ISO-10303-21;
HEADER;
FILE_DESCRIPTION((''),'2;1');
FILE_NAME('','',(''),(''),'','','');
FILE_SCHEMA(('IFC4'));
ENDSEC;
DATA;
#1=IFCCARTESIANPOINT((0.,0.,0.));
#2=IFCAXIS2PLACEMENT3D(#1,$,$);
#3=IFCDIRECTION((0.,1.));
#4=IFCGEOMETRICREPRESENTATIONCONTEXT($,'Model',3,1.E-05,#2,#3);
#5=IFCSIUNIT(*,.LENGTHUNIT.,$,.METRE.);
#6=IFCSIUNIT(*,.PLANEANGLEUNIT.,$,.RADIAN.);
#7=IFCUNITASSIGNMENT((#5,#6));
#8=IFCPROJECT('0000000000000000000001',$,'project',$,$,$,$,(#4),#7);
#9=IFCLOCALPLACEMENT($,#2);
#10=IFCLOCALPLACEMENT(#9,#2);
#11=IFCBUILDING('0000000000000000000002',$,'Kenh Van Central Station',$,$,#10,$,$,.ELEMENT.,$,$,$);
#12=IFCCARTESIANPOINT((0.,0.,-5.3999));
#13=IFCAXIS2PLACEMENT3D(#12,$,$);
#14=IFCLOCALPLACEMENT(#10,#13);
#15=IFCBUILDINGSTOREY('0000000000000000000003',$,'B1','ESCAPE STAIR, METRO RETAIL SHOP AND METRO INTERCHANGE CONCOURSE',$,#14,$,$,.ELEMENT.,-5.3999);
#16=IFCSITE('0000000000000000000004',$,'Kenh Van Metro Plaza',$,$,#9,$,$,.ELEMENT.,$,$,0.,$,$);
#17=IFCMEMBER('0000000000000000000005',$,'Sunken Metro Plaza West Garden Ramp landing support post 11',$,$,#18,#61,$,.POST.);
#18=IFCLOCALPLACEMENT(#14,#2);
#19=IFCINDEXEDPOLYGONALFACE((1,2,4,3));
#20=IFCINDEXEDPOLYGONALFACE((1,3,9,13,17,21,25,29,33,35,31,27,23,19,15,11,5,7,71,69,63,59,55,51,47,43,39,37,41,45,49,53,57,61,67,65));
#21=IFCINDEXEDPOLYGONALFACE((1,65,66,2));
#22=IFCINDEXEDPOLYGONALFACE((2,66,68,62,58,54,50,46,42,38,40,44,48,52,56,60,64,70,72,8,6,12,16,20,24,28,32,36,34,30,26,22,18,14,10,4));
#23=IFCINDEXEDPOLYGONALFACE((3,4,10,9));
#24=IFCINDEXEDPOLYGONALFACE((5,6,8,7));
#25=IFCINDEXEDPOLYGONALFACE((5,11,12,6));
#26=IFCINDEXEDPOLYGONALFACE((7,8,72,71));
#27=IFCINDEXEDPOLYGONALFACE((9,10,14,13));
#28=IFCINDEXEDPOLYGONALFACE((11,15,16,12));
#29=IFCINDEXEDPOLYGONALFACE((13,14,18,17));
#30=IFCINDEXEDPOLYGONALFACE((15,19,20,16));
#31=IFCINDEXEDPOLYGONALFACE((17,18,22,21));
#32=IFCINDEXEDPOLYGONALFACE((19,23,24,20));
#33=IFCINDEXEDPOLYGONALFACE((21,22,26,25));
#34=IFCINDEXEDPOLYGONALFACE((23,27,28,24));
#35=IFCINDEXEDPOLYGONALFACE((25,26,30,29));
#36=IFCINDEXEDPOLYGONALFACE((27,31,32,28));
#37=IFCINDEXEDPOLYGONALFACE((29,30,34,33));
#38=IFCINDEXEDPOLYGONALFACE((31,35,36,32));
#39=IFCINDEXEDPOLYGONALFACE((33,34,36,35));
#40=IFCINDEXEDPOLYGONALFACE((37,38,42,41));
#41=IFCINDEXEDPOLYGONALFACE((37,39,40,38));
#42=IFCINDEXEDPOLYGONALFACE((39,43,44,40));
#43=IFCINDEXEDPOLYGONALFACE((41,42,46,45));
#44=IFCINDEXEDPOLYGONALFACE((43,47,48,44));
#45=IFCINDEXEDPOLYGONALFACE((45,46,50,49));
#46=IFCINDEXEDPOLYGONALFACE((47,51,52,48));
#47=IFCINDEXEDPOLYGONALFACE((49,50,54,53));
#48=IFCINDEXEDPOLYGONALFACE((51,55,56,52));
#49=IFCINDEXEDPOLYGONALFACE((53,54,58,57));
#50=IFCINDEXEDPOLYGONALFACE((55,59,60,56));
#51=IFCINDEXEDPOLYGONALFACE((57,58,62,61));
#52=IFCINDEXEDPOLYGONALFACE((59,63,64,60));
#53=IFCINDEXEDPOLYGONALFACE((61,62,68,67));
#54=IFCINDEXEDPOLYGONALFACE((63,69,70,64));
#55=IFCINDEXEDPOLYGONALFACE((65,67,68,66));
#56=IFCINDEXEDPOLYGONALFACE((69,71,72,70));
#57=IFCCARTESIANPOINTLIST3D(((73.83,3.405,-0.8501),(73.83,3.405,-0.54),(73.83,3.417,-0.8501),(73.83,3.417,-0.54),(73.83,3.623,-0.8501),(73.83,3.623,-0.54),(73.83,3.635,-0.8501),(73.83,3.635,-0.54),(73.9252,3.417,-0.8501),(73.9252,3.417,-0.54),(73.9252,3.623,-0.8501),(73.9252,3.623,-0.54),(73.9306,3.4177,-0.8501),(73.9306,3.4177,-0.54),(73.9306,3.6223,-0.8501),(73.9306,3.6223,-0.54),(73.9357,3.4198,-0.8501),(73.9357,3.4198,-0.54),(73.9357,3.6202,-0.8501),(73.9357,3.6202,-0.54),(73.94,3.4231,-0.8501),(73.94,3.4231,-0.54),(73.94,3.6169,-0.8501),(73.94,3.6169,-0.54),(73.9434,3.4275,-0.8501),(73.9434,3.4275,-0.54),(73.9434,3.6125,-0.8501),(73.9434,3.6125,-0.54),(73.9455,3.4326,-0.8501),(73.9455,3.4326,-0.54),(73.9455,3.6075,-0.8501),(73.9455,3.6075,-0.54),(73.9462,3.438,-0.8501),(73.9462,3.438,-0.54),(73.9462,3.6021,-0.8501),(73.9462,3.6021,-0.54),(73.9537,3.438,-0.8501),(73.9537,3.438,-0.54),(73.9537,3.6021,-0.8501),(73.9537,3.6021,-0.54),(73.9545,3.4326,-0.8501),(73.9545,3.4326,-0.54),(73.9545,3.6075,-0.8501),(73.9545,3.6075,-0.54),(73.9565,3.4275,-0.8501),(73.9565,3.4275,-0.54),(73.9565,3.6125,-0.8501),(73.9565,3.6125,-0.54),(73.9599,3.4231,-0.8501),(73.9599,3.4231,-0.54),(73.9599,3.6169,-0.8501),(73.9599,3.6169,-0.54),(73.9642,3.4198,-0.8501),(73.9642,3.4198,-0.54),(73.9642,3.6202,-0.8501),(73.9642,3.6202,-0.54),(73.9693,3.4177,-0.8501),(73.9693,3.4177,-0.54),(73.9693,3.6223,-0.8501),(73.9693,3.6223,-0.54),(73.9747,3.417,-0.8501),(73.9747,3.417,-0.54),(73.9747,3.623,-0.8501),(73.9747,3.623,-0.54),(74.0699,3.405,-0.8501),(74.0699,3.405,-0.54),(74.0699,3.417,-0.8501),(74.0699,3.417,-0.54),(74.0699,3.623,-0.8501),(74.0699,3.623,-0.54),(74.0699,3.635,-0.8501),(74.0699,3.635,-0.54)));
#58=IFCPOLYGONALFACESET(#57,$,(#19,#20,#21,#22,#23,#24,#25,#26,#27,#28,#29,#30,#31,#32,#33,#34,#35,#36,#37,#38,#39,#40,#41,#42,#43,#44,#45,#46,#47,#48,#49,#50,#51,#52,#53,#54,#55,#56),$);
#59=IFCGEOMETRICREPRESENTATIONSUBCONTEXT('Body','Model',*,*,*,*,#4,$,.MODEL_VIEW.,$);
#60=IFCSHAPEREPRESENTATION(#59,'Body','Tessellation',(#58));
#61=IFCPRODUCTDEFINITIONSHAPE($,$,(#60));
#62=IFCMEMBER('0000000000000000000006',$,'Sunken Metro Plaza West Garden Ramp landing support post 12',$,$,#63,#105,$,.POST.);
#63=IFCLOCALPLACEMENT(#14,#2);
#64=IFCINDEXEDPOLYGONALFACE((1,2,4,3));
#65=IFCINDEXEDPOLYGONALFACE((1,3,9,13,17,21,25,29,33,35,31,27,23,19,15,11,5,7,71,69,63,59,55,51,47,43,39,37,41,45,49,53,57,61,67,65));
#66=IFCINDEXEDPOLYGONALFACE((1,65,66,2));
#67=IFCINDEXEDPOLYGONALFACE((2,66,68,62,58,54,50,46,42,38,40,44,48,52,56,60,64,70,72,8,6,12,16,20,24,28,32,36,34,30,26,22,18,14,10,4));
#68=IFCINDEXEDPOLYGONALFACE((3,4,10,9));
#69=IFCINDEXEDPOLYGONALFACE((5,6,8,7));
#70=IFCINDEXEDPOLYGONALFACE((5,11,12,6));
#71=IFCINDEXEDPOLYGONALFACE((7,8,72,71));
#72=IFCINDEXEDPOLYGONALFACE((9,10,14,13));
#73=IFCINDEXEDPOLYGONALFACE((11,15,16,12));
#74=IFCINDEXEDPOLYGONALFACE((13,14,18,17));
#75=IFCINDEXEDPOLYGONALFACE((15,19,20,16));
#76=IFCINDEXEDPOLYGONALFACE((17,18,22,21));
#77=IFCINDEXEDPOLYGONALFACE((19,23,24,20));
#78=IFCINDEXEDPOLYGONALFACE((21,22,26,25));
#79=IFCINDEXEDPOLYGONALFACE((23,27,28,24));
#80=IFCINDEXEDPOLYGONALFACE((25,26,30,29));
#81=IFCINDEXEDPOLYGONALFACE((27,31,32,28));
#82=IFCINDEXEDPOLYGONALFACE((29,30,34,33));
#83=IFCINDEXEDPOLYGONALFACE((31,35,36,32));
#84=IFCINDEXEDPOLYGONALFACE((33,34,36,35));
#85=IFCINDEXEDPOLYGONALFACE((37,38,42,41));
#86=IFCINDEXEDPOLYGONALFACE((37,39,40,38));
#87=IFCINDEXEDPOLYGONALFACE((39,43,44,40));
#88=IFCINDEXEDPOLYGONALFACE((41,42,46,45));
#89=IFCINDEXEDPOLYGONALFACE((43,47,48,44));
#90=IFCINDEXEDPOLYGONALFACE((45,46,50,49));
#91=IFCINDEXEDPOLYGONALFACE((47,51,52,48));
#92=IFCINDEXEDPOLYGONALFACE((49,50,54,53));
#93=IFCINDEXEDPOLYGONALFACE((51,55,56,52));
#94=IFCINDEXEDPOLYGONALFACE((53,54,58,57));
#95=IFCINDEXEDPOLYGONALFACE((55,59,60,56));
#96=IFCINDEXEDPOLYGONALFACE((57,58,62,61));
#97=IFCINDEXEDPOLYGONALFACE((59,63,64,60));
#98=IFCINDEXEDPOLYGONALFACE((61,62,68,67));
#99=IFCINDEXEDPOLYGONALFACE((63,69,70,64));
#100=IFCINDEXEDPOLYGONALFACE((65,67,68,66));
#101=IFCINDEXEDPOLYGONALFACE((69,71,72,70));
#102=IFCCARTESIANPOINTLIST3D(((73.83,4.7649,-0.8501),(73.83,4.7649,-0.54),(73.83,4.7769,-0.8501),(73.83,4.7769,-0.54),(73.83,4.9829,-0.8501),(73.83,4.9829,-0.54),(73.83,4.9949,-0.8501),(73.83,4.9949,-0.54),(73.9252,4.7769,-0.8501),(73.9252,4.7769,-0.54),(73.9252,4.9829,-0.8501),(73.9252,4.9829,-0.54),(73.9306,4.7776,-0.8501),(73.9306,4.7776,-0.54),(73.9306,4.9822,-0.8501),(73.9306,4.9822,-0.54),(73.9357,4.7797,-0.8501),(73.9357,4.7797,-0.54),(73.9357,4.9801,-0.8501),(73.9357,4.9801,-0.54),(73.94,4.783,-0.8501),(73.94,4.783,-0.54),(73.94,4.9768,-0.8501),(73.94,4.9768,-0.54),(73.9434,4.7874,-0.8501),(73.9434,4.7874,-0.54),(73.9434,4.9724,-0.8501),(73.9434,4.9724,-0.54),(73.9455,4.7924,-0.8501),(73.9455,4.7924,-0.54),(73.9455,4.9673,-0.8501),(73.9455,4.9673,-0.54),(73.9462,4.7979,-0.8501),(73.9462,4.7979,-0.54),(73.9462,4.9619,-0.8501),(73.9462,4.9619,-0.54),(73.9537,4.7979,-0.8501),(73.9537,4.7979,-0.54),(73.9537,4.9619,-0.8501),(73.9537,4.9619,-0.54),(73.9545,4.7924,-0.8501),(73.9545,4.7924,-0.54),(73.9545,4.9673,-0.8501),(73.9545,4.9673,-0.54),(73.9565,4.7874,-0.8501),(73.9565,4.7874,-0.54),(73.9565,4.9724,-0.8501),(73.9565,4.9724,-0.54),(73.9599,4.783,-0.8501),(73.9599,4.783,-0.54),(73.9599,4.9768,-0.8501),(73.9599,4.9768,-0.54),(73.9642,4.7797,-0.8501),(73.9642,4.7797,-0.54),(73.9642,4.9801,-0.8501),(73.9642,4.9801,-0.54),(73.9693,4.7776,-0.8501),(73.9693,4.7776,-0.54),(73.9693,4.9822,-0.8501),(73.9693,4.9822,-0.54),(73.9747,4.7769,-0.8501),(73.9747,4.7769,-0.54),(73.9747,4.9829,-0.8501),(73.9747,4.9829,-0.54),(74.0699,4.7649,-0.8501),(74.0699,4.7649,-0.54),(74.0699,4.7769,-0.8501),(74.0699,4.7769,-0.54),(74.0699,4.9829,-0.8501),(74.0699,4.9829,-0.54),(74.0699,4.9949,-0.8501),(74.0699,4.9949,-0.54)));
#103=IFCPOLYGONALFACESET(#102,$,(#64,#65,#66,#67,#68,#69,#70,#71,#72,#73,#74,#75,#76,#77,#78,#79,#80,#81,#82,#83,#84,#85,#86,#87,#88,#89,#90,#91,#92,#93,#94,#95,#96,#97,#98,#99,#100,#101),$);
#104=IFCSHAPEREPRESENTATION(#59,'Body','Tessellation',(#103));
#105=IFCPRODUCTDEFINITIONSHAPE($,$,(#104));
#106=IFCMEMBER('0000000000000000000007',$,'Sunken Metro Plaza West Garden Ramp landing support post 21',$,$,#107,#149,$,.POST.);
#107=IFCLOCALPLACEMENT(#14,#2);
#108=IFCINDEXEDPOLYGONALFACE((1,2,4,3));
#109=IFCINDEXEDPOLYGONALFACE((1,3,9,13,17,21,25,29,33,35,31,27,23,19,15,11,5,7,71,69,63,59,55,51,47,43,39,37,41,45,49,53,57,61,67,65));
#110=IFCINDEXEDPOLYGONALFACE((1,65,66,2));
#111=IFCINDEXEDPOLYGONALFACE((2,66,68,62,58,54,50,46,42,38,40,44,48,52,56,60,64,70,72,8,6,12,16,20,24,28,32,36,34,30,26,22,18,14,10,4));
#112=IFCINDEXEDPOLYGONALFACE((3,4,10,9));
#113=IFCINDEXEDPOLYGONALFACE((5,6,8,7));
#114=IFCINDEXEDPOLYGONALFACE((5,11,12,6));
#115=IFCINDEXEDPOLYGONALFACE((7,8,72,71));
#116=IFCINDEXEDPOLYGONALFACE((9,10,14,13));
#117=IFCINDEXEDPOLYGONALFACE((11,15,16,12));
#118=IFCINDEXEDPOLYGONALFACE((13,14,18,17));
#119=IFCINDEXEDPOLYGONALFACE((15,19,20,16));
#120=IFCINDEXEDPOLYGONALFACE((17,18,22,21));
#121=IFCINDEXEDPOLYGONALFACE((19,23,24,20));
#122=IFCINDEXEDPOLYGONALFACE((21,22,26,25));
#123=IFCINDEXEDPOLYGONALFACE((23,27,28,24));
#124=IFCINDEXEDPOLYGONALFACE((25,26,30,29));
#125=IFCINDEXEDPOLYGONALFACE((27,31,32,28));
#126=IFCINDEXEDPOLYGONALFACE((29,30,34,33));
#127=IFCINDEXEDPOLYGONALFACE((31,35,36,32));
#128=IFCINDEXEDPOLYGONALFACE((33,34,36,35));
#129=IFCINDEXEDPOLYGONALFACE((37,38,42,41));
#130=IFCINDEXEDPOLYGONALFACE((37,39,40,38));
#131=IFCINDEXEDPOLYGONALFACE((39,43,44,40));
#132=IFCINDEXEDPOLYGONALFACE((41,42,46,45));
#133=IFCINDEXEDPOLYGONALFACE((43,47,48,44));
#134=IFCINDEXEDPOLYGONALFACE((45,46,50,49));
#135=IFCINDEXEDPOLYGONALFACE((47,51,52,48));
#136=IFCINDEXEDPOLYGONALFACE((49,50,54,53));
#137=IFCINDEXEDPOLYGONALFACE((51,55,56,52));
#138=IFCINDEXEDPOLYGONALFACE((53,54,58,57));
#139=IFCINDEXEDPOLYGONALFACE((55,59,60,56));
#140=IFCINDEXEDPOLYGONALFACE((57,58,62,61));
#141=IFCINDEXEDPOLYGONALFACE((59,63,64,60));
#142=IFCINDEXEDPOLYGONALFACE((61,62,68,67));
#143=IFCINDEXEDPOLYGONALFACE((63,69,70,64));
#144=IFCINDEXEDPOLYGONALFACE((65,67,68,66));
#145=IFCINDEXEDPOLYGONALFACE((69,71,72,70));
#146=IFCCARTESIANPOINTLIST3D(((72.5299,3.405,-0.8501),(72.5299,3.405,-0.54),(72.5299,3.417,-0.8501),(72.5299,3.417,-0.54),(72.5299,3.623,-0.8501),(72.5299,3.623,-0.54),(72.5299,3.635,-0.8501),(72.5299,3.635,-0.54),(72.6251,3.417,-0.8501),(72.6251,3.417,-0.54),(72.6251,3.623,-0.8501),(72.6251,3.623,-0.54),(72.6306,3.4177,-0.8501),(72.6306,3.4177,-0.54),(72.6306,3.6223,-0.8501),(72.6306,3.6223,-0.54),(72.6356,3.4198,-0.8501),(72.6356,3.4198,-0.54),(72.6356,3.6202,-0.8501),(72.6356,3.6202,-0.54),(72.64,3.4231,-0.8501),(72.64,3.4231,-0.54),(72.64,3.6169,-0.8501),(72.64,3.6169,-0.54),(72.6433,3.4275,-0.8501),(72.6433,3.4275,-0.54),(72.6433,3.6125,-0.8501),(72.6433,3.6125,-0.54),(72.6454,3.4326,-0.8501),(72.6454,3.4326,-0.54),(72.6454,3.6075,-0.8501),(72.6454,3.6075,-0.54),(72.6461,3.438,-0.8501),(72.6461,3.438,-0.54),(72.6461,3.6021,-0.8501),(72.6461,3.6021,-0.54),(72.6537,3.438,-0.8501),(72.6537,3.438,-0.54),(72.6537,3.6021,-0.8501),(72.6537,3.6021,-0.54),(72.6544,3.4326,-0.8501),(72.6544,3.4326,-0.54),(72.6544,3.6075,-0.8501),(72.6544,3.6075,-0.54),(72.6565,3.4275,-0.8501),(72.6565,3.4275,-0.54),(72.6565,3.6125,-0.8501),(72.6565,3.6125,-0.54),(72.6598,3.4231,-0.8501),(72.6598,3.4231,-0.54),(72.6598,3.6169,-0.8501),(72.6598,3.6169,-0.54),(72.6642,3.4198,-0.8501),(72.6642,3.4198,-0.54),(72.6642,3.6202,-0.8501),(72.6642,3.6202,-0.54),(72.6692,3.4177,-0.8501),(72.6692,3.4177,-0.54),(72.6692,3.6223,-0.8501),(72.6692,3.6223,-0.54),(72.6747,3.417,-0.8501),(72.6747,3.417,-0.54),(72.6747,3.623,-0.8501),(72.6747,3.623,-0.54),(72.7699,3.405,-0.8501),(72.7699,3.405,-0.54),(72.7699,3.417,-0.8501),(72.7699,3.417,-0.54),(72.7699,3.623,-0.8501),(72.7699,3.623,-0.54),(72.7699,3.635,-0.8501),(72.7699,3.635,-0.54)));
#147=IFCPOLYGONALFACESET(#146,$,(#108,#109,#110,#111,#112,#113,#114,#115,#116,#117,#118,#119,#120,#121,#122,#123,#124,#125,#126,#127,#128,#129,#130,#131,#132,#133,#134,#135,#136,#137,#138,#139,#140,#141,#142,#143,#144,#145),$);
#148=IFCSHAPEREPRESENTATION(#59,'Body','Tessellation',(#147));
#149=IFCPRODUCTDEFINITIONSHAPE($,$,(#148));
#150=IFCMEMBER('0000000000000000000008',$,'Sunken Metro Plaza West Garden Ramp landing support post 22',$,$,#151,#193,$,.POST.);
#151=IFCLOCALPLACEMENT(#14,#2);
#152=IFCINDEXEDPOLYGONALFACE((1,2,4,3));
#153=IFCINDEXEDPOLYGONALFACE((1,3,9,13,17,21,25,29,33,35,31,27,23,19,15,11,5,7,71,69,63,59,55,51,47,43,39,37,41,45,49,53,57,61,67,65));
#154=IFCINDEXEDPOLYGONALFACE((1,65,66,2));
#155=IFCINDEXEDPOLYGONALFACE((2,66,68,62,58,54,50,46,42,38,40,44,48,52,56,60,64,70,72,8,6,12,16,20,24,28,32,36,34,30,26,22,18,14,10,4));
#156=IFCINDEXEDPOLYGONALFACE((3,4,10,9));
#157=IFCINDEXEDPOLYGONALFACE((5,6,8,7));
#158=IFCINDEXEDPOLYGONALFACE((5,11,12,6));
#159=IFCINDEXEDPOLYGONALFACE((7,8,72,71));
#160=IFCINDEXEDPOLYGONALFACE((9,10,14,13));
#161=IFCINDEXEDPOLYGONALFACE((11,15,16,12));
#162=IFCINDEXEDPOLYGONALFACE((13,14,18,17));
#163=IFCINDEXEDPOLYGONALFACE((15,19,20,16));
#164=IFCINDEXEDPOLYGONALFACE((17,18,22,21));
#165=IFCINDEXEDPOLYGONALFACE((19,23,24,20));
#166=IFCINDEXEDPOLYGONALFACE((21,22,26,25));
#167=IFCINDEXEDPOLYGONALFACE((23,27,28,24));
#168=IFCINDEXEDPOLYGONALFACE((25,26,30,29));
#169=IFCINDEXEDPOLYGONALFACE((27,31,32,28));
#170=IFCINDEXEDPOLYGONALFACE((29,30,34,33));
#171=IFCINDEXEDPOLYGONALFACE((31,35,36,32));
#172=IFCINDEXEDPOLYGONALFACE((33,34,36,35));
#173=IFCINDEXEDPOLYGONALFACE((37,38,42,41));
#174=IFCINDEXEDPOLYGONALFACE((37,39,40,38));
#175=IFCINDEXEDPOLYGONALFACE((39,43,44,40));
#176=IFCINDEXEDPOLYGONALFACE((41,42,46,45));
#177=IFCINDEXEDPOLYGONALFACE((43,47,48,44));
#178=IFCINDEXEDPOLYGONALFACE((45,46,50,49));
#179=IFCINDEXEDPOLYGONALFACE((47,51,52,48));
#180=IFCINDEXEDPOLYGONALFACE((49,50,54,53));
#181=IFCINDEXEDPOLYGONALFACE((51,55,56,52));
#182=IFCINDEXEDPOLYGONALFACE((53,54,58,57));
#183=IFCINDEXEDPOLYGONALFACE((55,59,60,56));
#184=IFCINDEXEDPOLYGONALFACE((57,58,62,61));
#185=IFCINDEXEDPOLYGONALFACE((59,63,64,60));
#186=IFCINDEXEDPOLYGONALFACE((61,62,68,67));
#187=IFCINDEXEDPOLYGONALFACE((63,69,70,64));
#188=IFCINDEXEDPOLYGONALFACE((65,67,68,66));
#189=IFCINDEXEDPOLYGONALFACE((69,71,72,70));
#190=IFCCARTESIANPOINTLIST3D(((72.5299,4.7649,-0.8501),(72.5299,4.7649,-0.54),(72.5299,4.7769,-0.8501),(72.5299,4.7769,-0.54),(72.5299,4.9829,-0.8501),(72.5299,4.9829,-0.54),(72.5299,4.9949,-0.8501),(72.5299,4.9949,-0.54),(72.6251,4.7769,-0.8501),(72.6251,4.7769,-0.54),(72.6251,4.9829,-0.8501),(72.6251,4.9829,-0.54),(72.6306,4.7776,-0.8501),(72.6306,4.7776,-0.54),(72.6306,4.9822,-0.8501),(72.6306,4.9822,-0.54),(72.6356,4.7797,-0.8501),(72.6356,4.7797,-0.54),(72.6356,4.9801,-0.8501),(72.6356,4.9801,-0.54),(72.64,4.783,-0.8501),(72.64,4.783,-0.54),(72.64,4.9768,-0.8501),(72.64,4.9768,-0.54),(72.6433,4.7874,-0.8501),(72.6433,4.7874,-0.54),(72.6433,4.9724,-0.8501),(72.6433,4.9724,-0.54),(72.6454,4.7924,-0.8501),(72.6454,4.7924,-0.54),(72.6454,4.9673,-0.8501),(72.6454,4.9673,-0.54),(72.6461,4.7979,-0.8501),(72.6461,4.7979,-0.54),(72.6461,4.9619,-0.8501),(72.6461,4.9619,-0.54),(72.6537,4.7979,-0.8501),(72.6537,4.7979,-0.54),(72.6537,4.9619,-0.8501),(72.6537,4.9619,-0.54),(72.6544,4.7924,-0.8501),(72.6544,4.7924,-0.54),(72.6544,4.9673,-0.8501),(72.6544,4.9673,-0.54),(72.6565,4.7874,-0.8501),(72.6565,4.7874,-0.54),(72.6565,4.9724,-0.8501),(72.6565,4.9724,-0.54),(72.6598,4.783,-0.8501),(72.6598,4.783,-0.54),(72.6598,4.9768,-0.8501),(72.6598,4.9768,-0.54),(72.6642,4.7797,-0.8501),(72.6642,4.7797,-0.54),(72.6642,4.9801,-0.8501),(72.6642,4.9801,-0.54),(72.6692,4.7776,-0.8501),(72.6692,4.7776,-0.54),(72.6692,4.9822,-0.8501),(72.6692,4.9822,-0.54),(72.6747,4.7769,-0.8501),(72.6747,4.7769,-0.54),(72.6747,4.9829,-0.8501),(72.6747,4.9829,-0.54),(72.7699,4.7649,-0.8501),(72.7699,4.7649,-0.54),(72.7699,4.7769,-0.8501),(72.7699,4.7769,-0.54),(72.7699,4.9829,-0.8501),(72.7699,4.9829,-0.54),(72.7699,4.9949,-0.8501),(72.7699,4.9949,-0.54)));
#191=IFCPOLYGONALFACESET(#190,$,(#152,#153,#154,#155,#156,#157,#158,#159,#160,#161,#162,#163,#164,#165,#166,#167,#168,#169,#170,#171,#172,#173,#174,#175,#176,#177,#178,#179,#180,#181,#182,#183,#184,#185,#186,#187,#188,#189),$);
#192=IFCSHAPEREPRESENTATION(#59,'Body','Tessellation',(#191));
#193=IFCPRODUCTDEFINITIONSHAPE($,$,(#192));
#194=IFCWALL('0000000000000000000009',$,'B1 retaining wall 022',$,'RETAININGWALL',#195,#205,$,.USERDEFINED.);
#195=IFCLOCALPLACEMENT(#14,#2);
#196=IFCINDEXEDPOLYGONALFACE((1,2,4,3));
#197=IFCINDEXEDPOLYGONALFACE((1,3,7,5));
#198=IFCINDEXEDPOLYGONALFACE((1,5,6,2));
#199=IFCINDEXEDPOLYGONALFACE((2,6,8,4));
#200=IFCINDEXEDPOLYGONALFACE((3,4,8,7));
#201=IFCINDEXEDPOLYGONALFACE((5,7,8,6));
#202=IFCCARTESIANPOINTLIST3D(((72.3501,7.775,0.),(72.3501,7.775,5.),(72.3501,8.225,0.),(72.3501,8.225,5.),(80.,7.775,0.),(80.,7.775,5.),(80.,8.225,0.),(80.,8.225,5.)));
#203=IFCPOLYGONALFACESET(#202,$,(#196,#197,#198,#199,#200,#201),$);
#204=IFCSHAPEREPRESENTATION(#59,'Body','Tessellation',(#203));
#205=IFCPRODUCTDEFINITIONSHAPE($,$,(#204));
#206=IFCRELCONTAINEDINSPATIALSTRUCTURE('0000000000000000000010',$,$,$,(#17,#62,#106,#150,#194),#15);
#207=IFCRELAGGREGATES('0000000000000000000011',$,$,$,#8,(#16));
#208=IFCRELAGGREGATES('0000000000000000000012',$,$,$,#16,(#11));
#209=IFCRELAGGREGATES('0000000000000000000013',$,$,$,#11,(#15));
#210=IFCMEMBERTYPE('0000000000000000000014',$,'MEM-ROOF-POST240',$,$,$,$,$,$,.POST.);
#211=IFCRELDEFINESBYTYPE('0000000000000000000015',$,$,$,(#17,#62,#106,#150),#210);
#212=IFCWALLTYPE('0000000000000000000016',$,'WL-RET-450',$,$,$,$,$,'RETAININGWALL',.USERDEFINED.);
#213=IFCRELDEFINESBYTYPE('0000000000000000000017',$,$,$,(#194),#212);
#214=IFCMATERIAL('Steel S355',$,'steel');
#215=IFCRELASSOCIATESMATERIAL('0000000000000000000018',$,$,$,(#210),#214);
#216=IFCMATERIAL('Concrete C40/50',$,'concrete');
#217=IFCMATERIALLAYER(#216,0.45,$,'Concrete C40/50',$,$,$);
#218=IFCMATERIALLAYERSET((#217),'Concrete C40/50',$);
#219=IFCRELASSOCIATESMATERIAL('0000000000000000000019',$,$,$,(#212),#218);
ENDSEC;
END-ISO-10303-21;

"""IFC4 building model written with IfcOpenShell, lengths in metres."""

from ifc_helpers import new_model, si_unit, direction, frame, frame_2d, origin, origin_2d, place, context, subcontext, project, spatial, rectangle, i_section, extrude, material, layer, layer_set, material_profile, profile_set, type_object, element, save


model = new_model("IFC4")

# Units and contexts
model_context = context("Model", 3, precision=1e-05, world=origin(), true_north=direction((0.0, 1.0)))
body_context = subcontext(model_context, "Body", "Model", "MODEL_VIEW")
ifc_project = project(units=[si_unit("LENGTHUNIT", "METRE"), si_unit("PLANEANGLEUNIT", "RADIAN")], contexts=[model_context])

# Site, building, storey
site_placement = place(None, origin())
site = spatial("IfcSite", under=ifc_project, at=site_placement, Name="Kenh Van Metro Plaza", CompositionType="ELEMENT", RefElevation=0.0)
building_placement = place(site_placement, origin())
building = spatial("IfcBuilding", under=site, at=building_placement, Name="Kenh Van Central Station", CompositionType="ELEMENT")
storey_placement = place(building_placement, frame((0.0, 0.0, -5.3999)))
storey = spatial("IfcBuildingStorey", under=building, at=storey_placement, Name="B1", Description="ESCAPE STAIR, METRO RETAIL SHOP AND METRO INTERCHANGE CONCOURSE", CompositionType="ELEMENT", Elevation=-5.3999)

# Shared definitions
ifc_material_1 = material(Name="Concrete C40/50", Category="concrete")

# Members
ifc_material_2 = material(Name="Steel S355", Category="steel")
ifc_material_profile_1 = material_profile(ifc_material_2, i_section(OverallWidth=0.24, OverallDepth=0.23, WebThickness=0.0076, FlangeThickness=0.012, FilletRadius=0.021, at=origin_2d()), Name="HEA 240")
ifc_profile_set_1 = profile_set([ifc_material_profile_1], Name="Steel S355")
member_type = type_object("IfcMemberType", Name="MEM-ROOF-POST240", PredefinedType="POST", material=ifc_profile_set_1)
for number, where, z_axis, x_axis, name in (
    (1, (73.95, 3.52, -0.8501), (0.0, 0.0, 1.0), (1.0, 0.0, 0.0), "Sunken Metro Plaza West Garden Ramp landing support post 11"),
    (2, (73.95, 4.8799, -0.8501), (0.0, 0.0, 1.0), (1.0, 0.0, 0.0), "Sunken Metro Plaza West Garden Ramp landing support post 12"),
    (3, (72.6499, 3.52, -0.8501), (0.0, 0.0, 1.0), (1.0, 0.0, 0.0), "Sunken Metro Plaza West Garden Ramp landing support post 21"),
    (4, (72.6499, 4.8799, -0.8501), (0.0, 0.0, 1.0), (1.0, 0.0, 0.0), "Sunken Metro Plaza West Garden Ramp landing support post 22"),
):
    element("IfcMember", number, at=place(storey_placement, frame(where, z_axis=z_axis, x_axis=x_axis)), inside=storey, type_object=member_type, Name=name, PredefinedType="POST", context=body_context, shape_type="SweptSolid", body=[
        extrude(i_section(OverallWidth=0.24, OverallDepth=0.23, WebThickness=0.0076, FlangeThickness=0.012, FilletRadius=0.021, at=origin_2d()), origin(), (0.0, 0.0, 1.0), 0.3101),
    ])

# Wall
ifc_layer_1 = layer(ifc_material_1, 0.45, Name="Concrete C40/50")
ifc_layer_set_1 = layer_set([ifc_layer_1], Name="Concrete C40/50")
wall_type_1 = type_object("IfcWallType", Name="WL-RET-450", ElementType="RETAININGWALL", PredefinedType="USERDEFINED", material=ifc_layer_set_1)
wall_1_placement = place(storey_placement, frame((72.3501, 8.0, 0.0), z_axis=(0.0, 0.0, 1.0), x_axis=(1.0, 0.0, 0.0)))
element("IfcWall", 5, at=wall_1_placement, inside=storey, type_object=wall_type_1, Name="B1 retaining wall 022", ObjectType="RETAININGWALL", PredefinedType="USERDEFINED", context=body_context, shape_type="SweptSolid", body=[
    extrude(rectangle(XDim=7.6499, YDim=0.45, at=frame_2d((3.825, 0.0))), origin(), (0.0, 0.0, 1.0), 5.0),
])

save(model, "model.ifc")
